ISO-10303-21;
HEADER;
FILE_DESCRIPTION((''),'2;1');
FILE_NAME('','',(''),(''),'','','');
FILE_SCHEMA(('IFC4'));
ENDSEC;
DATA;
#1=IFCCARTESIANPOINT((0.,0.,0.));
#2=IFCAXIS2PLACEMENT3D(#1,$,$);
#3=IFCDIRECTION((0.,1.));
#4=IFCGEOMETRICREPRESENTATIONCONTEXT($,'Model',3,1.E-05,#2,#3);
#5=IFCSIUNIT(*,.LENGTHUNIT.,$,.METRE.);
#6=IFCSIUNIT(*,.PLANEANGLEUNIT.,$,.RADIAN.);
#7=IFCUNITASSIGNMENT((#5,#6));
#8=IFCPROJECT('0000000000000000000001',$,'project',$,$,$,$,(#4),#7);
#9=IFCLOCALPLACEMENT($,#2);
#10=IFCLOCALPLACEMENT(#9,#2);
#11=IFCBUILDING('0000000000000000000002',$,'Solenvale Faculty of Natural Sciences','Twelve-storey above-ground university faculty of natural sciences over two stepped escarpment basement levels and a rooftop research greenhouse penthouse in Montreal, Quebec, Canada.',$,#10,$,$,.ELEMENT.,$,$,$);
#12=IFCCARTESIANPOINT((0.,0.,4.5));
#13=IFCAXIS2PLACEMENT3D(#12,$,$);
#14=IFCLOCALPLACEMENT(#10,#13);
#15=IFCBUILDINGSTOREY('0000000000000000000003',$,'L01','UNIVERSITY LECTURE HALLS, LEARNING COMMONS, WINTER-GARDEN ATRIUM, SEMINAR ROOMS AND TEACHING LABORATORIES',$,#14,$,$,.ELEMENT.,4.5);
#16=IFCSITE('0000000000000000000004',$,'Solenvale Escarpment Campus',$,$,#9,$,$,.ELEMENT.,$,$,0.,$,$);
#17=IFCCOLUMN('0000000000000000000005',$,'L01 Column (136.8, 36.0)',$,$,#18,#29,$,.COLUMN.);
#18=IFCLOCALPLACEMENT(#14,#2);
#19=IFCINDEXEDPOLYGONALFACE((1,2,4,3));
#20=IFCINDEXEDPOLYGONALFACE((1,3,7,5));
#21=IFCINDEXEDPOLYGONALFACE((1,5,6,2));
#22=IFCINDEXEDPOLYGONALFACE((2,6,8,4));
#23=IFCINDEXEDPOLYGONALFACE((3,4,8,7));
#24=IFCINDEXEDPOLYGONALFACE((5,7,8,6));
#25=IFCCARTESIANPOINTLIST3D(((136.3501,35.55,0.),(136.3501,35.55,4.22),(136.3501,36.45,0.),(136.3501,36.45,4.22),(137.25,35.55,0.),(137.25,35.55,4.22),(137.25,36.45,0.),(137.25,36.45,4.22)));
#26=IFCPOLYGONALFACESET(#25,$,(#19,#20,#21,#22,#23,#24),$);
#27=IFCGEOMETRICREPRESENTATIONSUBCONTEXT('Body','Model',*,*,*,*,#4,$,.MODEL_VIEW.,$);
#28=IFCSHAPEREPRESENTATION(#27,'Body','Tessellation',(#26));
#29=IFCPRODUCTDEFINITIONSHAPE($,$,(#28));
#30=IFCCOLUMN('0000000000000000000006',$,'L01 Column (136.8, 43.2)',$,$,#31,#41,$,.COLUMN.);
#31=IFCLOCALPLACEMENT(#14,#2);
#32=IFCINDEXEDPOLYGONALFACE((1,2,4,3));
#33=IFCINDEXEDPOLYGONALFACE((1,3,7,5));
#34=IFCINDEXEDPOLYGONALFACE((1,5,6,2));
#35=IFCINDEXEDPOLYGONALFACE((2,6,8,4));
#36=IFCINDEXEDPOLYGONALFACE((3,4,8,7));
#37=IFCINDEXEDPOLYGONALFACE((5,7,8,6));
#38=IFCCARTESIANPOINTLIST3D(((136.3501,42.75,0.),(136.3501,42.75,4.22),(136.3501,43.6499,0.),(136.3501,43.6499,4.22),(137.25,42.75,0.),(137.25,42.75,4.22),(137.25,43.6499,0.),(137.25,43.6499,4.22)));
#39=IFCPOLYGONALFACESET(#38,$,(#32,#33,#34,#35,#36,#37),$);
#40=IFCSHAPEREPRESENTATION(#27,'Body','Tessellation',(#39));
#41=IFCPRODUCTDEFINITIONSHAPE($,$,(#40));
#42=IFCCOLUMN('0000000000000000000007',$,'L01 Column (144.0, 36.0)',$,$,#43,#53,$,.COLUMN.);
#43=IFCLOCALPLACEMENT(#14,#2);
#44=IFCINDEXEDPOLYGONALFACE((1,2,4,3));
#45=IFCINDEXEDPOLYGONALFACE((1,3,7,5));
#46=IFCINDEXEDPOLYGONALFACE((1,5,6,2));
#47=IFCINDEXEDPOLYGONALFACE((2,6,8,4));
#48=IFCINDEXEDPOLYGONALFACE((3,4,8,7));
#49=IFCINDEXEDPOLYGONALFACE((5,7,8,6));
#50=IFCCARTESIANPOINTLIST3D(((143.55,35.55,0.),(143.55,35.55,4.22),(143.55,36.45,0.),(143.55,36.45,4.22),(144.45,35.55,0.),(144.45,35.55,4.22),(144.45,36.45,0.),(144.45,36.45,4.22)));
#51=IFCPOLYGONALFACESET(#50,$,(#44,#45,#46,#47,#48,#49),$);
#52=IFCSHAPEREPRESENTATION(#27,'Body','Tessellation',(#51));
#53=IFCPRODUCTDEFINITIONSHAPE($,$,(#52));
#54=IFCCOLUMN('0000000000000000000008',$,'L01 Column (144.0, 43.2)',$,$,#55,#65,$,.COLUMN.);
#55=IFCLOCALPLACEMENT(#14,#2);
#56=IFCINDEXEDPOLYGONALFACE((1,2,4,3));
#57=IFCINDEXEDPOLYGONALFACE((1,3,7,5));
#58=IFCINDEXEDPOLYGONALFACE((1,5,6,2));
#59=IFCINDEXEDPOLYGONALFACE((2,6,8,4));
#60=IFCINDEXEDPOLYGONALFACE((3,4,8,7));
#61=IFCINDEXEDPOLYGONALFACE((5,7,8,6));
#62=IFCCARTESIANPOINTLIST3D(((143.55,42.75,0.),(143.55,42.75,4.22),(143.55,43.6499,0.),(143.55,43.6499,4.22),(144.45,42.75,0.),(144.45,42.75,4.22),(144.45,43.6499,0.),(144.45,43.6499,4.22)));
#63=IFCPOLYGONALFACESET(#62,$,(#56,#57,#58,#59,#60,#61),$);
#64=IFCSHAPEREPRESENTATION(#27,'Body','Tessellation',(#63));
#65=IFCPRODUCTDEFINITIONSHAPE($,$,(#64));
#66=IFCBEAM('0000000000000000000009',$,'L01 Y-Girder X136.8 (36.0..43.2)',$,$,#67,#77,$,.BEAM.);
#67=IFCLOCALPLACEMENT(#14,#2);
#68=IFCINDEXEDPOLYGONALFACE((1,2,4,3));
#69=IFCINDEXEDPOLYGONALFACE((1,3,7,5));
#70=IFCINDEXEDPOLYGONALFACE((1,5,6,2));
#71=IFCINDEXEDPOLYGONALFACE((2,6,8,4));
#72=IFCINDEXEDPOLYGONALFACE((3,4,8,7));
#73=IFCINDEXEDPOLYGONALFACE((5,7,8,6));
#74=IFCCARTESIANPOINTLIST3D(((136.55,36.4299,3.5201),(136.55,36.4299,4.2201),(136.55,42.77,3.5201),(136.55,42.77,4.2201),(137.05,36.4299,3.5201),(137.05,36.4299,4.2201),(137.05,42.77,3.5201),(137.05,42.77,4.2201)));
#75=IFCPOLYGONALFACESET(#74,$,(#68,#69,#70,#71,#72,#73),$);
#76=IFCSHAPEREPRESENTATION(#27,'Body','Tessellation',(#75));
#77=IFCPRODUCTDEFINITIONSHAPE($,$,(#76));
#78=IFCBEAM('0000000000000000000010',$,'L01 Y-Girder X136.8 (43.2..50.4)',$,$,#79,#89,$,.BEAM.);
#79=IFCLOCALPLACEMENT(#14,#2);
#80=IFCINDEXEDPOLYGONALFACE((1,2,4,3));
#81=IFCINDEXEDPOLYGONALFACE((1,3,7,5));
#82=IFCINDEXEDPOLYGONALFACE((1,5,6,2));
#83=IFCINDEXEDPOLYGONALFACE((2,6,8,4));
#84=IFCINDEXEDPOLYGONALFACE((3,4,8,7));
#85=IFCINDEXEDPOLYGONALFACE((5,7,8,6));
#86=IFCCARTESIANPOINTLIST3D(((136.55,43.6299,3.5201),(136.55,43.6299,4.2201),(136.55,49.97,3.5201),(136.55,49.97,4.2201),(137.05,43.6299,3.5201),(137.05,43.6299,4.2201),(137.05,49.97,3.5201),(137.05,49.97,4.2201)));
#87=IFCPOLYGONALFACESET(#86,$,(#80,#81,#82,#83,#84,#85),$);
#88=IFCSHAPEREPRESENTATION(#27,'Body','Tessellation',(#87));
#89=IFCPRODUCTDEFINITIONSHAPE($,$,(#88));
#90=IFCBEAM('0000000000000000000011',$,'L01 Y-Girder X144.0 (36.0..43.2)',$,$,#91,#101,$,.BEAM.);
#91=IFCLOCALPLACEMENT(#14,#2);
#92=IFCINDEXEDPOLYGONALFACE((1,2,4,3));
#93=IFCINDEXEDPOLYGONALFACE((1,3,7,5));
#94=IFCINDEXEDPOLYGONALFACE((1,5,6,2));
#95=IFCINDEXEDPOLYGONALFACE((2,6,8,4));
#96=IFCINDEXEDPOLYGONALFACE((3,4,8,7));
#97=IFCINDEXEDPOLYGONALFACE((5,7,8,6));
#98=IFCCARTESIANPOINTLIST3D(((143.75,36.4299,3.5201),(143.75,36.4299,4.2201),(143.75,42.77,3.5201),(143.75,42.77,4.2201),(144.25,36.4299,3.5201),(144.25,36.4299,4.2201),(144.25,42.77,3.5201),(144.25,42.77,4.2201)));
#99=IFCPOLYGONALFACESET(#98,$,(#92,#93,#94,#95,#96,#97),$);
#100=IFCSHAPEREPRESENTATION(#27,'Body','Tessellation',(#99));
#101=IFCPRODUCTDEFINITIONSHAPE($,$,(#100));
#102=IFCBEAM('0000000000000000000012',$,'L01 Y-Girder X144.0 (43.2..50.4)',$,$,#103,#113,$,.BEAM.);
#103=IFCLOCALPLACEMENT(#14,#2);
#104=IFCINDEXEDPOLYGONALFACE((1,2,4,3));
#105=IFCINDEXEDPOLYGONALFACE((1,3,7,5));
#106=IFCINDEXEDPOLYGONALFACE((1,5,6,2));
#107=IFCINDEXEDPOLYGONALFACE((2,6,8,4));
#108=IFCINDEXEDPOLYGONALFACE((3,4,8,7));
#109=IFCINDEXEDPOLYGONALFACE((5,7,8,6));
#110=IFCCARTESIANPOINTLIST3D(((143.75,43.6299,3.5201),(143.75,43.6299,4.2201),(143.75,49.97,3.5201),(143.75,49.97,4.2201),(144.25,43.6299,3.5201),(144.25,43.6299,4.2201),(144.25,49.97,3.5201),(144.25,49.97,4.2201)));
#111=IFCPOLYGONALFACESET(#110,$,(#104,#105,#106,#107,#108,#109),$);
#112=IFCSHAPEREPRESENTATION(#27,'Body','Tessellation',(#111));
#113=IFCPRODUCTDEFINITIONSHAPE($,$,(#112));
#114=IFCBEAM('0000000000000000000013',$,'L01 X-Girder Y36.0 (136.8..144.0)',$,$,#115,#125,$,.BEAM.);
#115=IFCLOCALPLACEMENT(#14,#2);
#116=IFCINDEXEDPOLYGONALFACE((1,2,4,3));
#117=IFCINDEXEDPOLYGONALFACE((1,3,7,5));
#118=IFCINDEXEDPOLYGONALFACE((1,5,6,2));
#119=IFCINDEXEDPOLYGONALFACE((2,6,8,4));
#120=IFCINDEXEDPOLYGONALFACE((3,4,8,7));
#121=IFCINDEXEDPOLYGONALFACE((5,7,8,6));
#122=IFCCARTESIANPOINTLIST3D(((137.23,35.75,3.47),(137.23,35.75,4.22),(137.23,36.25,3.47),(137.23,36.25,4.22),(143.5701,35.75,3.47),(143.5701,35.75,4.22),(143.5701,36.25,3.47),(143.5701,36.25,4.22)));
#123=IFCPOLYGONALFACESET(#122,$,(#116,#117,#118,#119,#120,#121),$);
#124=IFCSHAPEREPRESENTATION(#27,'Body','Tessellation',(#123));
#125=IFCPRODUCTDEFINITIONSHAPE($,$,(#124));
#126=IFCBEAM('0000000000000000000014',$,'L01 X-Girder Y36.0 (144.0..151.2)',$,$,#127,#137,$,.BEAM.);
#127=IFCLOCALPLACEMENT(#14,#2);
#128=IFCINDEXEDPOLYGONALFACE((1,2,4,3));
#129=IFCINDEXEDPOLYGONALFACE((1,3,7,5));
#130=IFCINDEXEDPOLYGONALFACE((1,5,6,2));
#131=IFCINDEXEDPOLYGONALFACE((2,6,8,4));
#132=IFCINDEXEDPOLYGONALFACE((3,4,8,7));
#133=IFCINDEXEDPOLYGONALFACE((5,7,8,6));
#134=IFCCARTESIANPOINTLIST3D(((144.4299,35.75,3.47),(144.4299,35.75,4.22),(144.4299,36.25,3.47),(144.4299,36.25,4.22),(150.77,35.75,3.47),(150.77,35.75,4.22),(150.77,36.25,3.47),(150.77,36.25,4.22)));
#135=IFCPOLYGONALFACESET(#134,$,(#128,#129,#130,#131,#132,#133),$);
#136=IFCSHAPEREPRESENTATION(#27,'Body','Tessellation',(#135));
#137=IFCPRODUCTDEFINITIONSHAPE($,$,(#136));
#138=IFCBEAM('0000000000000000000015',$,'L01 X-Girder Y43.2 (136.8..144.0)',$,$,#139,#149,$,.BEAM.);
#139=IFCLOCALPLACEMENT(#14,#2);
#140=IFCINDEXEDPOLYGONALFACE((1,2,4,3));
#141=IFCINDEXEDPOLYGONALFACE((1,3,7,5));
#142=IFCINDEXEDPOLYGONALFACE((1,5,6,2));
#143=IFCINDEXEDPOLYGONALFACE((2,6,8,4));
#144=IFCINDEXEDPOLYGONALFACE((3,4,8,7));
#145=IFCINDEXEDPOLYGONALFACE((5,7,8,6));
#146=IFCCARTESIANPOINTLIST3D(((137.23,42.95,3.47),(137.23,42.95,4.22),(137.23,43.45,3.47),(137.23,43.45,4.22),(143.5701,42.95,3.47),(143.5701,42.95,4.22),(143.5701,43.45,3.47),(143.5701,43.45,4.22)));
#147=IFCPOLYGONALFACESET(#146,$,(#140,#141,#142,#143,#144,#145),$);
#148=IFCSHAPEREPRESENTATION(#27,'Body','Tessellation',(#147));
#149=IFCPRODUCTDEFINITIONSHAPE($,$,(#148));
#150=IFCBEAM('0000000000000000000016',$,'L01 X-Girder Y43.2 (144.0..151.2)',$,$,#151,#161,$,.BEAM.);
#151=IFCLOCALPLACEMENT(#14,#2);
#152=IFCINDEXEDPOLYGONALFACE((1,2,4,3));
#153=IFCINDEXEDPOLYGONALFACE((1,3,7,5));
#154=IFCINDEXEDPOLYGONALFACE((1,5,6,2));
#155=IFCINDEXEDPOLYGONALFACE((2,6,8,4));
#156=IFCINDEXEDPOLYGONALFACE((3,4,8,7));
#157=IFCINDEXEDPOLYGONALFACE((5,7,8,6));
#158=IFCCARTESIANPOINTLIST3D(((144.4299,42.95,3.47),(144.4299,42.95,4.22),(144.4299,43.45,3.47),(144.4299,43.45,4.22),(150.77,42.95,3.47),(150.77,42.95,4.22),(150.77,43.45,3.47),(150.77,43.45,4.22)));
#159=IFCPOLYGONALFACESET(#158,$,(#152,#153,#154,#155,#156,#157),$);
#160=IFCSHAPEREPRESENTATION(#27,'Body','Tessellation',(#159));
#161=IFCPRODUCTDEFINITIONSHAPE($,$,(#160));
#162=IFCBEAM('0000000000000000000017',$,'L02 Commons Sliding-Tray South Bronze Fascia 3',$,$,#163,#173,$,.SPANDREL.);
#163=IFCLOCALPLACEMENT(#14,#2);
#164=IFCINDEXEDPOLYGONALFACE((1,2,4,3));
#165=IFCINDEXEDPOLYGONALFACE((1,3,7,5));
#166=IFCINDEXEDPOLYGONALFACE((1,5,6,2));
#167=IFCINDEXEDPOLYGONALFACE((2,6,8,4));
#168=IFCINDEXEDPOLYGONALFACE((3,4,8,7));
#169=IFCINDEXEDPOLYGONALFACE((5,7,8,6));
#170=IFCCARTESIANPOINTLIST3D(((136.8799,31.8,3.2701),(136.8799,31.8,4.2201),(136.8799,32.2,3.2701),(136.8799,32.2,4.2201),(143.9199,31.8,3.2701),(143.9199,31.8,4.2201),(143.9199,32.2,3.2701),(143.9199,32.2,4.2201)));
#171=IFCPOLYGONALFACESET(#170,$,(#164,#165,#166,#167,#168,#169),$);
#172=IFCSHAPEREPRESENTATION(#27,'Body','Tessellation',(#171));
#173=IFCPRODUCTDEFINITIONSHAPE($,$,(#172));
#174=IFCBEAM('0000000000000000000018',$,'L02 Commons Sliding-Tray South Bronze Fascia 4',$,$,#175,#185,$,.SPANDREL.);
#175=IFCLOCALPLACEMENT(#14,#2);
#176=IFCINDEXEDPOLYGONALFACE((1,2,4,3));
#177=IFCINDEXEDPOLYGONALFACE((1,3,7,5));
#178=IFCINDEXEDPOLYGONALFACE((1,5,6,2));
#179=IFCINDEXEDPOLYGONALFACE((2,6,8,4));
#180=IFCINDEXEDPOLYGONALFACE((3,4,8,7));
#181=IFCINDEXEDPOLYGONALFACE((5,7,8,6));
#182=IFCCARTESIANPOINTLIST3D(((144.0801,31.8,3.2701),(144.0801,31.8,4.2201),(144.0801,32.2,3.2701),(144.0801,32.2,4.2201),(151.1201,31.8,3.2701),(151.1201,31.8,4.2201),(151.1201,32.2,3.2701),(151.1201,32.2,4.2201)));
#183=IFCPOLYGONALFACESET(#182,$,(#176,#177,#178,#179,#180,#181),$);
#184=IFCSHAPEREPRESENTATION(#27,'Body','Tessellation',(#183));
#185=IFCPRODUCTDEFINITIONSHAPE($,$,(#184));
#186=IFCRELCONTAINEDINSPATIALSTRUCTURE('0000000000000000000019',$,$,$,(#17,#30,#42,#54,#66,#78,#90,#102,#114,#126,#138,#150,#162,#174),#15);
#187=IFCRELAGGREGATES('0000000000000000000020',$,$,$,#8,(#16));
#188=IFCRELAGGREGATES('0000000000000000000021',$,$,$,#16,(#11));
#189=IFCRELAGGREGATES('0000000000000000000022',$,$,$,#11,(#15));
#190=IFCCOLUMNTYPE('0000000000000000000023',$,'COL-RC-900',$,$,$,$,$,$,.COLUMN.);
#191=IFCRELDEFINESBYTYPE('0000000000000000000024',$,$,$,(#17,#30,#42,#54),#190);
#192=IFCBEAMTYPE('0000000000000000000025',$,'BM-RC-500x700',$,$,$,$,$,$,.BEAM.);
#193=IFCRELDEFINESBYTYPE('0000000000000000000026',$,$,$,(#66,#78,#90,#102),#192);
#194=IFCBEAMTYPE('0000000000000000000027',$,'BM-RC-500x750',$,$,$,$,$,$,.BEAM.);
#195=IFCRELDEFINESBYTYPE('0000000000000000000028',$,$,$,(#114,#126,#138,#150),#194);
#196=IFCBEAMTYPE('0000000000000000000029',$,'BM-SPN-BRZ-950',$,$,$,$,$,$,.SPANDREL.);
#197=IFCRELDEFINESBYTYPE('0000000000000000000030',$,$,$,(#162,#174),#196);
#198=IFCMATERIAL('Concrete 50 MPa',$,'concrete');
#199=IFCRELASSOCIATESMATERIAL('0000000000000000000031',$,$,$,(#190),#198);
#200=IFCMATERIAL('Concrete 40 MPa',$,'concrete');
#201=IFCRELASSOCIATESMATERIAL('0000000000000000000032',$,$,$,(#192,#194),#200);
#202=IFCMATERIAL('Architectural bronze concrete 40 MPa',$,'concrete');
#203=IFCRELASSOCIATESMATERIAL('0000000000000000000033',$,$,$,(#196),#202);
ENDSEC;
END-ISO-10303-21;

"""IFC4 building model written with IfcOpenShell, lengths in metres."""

from ifc_helpers import new_model, si_unit, direction, frame, origin, origin_2d, place, context, subcontext, project, spatial, rectangle, extrude, material, material_profile, profile_set, type_object, element, save


model = new_model("IFC4")

# Units and contexts
model_context = context("Model", 3, precision=1e-05, world=origin(), true_north=direction((0.0, 1.0)))
body_context = subcontext(model_context, "Body", "Model", "MODEL_VIEW")
ifc_project = project(units=[si_unit("LENGTHUNIT", "METRE"), si_unit("PLANEANGLEUNIT", "RADIAN")], contexts=[model_context])

# Site, building, storey
site_placement = place(None, origin())
site = spatial("IfcSite", under=ifc_project, at=site_placement, Name="Solenvale Escarpment Campus", CompositionType="ELEMENT", RefElevation=0.0)
building_placement = place(site_placement, origin())
building = spatial("IfcBuilding", under=site, at=building_placement, Name="Solenvale Faculty of Natural Sciences", Description="Twelve-storey above-ground university faculty of natural sciences over two stepped escarpment basement levels and a rooftop research greenhouse penthouse in Montreal, Quebec, Canada.", CompositionType="ELEMENT")
storey_placement = place(building_placement, frame((0.0, 0.0, 4.5)))
storey = spatial("IfcBuildingStorey", under=building, at=storey_placement, Name="L01", Description="UNIVERSITY LECTURE HALLS, LEARNING COMMONS, WINTER-GARDEN ATRIUM, SEMINAR ROOMS AND TEACHING LABORATORIES", CompositionType="ELEMENT", Elevation=4.5)

# Columns
ifc_material_1 = material(Name="Concrete 50 MPa", Category="concrete")
ifc_material_profile_1 = material_profile(ifc_material_1, rectangle(XDim=0.8999, YDim=0.8999, at=origin_2d()), Name="RC-COL-900x900")
ifc_profile_set_1 = profile_set([ifc_material_profile_1], Name="Concrete 50 MPa")
column_type = type_object("IfcColumnType", Name="COL-RC-900", PredefinedType="COLUMN", material=ifc_profile_set_1)
for number, where, z_axis, x_axis, name in (
    (1, (136.8, 36.0, 0.0), (0.0, 0.0, 1.0), (1.0, 0.0, 0.0), "L01 Column (136.8, 36.0)"),
    (2, (136.8, 43.2, 0.0), (0.0, 0.0, 1.0), (1.0, 0.0, 0.0), "L01 Column (136.8, 43.2)"),
    (3, (144.0, 36.0, 0.0), (0.0, 0.0, 1.0), (1.0, 0.0, 0.0), "L01 Column (144.0, 36.0)"),
    (4, (144.0, 43.2, 0.0), (0.0, 0.0, 1.0), (1.0, 0.0, 0.0), "L01 Column (144.0, 43.2)"),
):
    element("IfcColumn", number, at=place(storey_placement, frame(where, z_axis=z_axis, x_axis=x_axis)), inside=storey, type_object=column_type, Name=name, PredefinedType="COLUMN", context=body_context, shape_type="SweptSolid", body=[
        extrude(rectangle(XDim=0.8999, YDim=0.8999, at=origin_2d()), origin(), (0.0, 0.0, 1.0), 4.22),
    ])

# Beams
ifc_material_2 = material(Name="Concrete 40 MPa", Category="concrete")
ifc_material_profile_2 = material_profile(ifc_material_2, rectangle(XDim=0.5, YDim=0.7, at=origin_2d()), Name="RC-BM-500x700")
ifc_profile_set_2 = profile_set([ifc_material_profile_2], Name="Concrete 40 MPa")
beam_type_1 = type_object("IfcBeamType", Name="BM-RC-500x700", PredefinedType="BEAM", material=ifc_profile_set_2)
for number, where, z_axis, x_axis, name in (
    (5, (136.8, 36.4299, 3.8701), (0.0, 1.0, 0.0), (-1.0, 0.0, 0.0), "L01 Y-Girder X136.8 (36.0..43.2)"),
    (6, (136.8, 43.6299, 3.8701), (0.0, 1.0, 0.0), (-1.0, 0.0, 0.0), "L01 Y-Girder X136.8 (43.2..50.4)"),
    (7, (144.0, 36.4299, 3.8701), (0.0, 1.0, 0.0), (-1.0, 0.0, 0.0), "L01 Y-Girder X144.0 (36.0..43.2)"),
    (8, (144.0, 43.6299, 3.8701), (0.0, 1.0, 0.0), (-1.0, 0.0, 0.0), "L01 Y-Girder X144.0 (43.2..50.4)"),
):
    element("IfcBeam", number, at=place(storey_placement, frame(where, z_axis=z_axis, x_axis=x_axis)), inside=storey, type_object=beam_type_1, Name=name, PredefinedType="BEAM", context=body_context, shape_type="SweptSolid", body=[
        extrude(rectangle(XDim=0.5, YDim=0.7, at=origin_2d()), origin(), (0.0, 0.0, 1.0), 6.3401),
    ])
ifc_material_profile_3 = material_profile(ifc_material_2, rectangle(XDim=0.5, YDim=0.75, at=origin_2d()), Name="RC-BM-500x750")
ifc_profile_set_3 = profile_set([ifc_material_profile_3], Name="Concrete 40 MPa")
beam_type_2 = type_object("IfcBeamType", Name="BM-RC-500x750", PredefinedType="BEAM", material=ifc_profile_set_3)
for number, where, z_axis, x_axis, name in (
    (9, (137.23, 36.0, 3.845), (1.0, 0.0, 0.0), (0.0, 1.0, 0.0), "L01 X-Girder Y36.0 (136.8..144.0)"),
    (10, (144.4299, 36.0, 3.845), (1.0, 0.0, 0.0), (0.0, 1.0, 0.0), "L01 X-Girder Y36.0 (144.0..151.2)"),
    (11, (137.23, 43.2, 3.845), (1.0, 0.0, 0.0), (0.0, 1.0, 0.0), "L01 X-Girder Y43.2 (136.8..144.0)"),
    (12, (144.4299, 43.2, 3.845), (1.0, 0.0, 0.0), (0.0, 1.0, 0.0), "L01 X-Girder Y43.2 (144.0..151.2)"),
):
    element("IfcBeam", number, at=place(storey_placement, frame(where, z_axis=z_axis, x_axis=x_axis)), inside=storey, type_object=beam_type_2, Name=name, PredefinedType="BEAM", context=body_context, shape_type="SweptSolid", body=[
        extrude(rectangle(XDim=0.5, YDim=0.75, at=origin_2d()), origin(), (0.0, 0.0, 1.0), 6.3401),
    ])
ifc_material_3 = material(Name="Architectural bronze concrete 40 MPa", Category="concrete")
ifc_material_profile_4 = material_profile(ifc_material_3, rectangle(XDim=0.3999, YDim=0.95, at=origin_2d()), Name="RC-SPN-400x950")
ifc_profile_set_4 = profile_set([ifc_material_profile_4], Name="Architectural bronze concrete 40 MPa")
beam_type_3 = type_object("IfcBeamType", Name="BM-SPN-BRZ-950", PredefinedType="SPANDREL", material=ifc_profile_set_4)
for number, where, z_axis, x_axis, name in (
    (13, (136.8799, 32.0, 3.7451), (1.0, 0.0, 0.0), (0.0, 1.0, 0.0), "L02 Commons Sliding-Tray South Bronze Fascia 3"),
    (14, (144.0801, 32.0, 3.7451), (1.0, 0.0, 0.0), (0.0, 1.0, 0.0), "L02 Commons Sliding-Tray South Bronze Fascia 4"),
):
    element("IfcBeam", number, at=place(storey_placement, frame(where, z_axis=z_axis, x_axis=x_axis)), inside=storey, type_object=beam_type_3, Name=name, PredefinedType="SPANDREL", context=body_context, shape_type="SweptSolid", body=[
        extrude(rectangle(XDim=0.3999, YDim=0.95, at=origin_2d()), origin(), (0.0, 0.0, 1.0), 7.04),
    ])

save(model, "model.ifc")
